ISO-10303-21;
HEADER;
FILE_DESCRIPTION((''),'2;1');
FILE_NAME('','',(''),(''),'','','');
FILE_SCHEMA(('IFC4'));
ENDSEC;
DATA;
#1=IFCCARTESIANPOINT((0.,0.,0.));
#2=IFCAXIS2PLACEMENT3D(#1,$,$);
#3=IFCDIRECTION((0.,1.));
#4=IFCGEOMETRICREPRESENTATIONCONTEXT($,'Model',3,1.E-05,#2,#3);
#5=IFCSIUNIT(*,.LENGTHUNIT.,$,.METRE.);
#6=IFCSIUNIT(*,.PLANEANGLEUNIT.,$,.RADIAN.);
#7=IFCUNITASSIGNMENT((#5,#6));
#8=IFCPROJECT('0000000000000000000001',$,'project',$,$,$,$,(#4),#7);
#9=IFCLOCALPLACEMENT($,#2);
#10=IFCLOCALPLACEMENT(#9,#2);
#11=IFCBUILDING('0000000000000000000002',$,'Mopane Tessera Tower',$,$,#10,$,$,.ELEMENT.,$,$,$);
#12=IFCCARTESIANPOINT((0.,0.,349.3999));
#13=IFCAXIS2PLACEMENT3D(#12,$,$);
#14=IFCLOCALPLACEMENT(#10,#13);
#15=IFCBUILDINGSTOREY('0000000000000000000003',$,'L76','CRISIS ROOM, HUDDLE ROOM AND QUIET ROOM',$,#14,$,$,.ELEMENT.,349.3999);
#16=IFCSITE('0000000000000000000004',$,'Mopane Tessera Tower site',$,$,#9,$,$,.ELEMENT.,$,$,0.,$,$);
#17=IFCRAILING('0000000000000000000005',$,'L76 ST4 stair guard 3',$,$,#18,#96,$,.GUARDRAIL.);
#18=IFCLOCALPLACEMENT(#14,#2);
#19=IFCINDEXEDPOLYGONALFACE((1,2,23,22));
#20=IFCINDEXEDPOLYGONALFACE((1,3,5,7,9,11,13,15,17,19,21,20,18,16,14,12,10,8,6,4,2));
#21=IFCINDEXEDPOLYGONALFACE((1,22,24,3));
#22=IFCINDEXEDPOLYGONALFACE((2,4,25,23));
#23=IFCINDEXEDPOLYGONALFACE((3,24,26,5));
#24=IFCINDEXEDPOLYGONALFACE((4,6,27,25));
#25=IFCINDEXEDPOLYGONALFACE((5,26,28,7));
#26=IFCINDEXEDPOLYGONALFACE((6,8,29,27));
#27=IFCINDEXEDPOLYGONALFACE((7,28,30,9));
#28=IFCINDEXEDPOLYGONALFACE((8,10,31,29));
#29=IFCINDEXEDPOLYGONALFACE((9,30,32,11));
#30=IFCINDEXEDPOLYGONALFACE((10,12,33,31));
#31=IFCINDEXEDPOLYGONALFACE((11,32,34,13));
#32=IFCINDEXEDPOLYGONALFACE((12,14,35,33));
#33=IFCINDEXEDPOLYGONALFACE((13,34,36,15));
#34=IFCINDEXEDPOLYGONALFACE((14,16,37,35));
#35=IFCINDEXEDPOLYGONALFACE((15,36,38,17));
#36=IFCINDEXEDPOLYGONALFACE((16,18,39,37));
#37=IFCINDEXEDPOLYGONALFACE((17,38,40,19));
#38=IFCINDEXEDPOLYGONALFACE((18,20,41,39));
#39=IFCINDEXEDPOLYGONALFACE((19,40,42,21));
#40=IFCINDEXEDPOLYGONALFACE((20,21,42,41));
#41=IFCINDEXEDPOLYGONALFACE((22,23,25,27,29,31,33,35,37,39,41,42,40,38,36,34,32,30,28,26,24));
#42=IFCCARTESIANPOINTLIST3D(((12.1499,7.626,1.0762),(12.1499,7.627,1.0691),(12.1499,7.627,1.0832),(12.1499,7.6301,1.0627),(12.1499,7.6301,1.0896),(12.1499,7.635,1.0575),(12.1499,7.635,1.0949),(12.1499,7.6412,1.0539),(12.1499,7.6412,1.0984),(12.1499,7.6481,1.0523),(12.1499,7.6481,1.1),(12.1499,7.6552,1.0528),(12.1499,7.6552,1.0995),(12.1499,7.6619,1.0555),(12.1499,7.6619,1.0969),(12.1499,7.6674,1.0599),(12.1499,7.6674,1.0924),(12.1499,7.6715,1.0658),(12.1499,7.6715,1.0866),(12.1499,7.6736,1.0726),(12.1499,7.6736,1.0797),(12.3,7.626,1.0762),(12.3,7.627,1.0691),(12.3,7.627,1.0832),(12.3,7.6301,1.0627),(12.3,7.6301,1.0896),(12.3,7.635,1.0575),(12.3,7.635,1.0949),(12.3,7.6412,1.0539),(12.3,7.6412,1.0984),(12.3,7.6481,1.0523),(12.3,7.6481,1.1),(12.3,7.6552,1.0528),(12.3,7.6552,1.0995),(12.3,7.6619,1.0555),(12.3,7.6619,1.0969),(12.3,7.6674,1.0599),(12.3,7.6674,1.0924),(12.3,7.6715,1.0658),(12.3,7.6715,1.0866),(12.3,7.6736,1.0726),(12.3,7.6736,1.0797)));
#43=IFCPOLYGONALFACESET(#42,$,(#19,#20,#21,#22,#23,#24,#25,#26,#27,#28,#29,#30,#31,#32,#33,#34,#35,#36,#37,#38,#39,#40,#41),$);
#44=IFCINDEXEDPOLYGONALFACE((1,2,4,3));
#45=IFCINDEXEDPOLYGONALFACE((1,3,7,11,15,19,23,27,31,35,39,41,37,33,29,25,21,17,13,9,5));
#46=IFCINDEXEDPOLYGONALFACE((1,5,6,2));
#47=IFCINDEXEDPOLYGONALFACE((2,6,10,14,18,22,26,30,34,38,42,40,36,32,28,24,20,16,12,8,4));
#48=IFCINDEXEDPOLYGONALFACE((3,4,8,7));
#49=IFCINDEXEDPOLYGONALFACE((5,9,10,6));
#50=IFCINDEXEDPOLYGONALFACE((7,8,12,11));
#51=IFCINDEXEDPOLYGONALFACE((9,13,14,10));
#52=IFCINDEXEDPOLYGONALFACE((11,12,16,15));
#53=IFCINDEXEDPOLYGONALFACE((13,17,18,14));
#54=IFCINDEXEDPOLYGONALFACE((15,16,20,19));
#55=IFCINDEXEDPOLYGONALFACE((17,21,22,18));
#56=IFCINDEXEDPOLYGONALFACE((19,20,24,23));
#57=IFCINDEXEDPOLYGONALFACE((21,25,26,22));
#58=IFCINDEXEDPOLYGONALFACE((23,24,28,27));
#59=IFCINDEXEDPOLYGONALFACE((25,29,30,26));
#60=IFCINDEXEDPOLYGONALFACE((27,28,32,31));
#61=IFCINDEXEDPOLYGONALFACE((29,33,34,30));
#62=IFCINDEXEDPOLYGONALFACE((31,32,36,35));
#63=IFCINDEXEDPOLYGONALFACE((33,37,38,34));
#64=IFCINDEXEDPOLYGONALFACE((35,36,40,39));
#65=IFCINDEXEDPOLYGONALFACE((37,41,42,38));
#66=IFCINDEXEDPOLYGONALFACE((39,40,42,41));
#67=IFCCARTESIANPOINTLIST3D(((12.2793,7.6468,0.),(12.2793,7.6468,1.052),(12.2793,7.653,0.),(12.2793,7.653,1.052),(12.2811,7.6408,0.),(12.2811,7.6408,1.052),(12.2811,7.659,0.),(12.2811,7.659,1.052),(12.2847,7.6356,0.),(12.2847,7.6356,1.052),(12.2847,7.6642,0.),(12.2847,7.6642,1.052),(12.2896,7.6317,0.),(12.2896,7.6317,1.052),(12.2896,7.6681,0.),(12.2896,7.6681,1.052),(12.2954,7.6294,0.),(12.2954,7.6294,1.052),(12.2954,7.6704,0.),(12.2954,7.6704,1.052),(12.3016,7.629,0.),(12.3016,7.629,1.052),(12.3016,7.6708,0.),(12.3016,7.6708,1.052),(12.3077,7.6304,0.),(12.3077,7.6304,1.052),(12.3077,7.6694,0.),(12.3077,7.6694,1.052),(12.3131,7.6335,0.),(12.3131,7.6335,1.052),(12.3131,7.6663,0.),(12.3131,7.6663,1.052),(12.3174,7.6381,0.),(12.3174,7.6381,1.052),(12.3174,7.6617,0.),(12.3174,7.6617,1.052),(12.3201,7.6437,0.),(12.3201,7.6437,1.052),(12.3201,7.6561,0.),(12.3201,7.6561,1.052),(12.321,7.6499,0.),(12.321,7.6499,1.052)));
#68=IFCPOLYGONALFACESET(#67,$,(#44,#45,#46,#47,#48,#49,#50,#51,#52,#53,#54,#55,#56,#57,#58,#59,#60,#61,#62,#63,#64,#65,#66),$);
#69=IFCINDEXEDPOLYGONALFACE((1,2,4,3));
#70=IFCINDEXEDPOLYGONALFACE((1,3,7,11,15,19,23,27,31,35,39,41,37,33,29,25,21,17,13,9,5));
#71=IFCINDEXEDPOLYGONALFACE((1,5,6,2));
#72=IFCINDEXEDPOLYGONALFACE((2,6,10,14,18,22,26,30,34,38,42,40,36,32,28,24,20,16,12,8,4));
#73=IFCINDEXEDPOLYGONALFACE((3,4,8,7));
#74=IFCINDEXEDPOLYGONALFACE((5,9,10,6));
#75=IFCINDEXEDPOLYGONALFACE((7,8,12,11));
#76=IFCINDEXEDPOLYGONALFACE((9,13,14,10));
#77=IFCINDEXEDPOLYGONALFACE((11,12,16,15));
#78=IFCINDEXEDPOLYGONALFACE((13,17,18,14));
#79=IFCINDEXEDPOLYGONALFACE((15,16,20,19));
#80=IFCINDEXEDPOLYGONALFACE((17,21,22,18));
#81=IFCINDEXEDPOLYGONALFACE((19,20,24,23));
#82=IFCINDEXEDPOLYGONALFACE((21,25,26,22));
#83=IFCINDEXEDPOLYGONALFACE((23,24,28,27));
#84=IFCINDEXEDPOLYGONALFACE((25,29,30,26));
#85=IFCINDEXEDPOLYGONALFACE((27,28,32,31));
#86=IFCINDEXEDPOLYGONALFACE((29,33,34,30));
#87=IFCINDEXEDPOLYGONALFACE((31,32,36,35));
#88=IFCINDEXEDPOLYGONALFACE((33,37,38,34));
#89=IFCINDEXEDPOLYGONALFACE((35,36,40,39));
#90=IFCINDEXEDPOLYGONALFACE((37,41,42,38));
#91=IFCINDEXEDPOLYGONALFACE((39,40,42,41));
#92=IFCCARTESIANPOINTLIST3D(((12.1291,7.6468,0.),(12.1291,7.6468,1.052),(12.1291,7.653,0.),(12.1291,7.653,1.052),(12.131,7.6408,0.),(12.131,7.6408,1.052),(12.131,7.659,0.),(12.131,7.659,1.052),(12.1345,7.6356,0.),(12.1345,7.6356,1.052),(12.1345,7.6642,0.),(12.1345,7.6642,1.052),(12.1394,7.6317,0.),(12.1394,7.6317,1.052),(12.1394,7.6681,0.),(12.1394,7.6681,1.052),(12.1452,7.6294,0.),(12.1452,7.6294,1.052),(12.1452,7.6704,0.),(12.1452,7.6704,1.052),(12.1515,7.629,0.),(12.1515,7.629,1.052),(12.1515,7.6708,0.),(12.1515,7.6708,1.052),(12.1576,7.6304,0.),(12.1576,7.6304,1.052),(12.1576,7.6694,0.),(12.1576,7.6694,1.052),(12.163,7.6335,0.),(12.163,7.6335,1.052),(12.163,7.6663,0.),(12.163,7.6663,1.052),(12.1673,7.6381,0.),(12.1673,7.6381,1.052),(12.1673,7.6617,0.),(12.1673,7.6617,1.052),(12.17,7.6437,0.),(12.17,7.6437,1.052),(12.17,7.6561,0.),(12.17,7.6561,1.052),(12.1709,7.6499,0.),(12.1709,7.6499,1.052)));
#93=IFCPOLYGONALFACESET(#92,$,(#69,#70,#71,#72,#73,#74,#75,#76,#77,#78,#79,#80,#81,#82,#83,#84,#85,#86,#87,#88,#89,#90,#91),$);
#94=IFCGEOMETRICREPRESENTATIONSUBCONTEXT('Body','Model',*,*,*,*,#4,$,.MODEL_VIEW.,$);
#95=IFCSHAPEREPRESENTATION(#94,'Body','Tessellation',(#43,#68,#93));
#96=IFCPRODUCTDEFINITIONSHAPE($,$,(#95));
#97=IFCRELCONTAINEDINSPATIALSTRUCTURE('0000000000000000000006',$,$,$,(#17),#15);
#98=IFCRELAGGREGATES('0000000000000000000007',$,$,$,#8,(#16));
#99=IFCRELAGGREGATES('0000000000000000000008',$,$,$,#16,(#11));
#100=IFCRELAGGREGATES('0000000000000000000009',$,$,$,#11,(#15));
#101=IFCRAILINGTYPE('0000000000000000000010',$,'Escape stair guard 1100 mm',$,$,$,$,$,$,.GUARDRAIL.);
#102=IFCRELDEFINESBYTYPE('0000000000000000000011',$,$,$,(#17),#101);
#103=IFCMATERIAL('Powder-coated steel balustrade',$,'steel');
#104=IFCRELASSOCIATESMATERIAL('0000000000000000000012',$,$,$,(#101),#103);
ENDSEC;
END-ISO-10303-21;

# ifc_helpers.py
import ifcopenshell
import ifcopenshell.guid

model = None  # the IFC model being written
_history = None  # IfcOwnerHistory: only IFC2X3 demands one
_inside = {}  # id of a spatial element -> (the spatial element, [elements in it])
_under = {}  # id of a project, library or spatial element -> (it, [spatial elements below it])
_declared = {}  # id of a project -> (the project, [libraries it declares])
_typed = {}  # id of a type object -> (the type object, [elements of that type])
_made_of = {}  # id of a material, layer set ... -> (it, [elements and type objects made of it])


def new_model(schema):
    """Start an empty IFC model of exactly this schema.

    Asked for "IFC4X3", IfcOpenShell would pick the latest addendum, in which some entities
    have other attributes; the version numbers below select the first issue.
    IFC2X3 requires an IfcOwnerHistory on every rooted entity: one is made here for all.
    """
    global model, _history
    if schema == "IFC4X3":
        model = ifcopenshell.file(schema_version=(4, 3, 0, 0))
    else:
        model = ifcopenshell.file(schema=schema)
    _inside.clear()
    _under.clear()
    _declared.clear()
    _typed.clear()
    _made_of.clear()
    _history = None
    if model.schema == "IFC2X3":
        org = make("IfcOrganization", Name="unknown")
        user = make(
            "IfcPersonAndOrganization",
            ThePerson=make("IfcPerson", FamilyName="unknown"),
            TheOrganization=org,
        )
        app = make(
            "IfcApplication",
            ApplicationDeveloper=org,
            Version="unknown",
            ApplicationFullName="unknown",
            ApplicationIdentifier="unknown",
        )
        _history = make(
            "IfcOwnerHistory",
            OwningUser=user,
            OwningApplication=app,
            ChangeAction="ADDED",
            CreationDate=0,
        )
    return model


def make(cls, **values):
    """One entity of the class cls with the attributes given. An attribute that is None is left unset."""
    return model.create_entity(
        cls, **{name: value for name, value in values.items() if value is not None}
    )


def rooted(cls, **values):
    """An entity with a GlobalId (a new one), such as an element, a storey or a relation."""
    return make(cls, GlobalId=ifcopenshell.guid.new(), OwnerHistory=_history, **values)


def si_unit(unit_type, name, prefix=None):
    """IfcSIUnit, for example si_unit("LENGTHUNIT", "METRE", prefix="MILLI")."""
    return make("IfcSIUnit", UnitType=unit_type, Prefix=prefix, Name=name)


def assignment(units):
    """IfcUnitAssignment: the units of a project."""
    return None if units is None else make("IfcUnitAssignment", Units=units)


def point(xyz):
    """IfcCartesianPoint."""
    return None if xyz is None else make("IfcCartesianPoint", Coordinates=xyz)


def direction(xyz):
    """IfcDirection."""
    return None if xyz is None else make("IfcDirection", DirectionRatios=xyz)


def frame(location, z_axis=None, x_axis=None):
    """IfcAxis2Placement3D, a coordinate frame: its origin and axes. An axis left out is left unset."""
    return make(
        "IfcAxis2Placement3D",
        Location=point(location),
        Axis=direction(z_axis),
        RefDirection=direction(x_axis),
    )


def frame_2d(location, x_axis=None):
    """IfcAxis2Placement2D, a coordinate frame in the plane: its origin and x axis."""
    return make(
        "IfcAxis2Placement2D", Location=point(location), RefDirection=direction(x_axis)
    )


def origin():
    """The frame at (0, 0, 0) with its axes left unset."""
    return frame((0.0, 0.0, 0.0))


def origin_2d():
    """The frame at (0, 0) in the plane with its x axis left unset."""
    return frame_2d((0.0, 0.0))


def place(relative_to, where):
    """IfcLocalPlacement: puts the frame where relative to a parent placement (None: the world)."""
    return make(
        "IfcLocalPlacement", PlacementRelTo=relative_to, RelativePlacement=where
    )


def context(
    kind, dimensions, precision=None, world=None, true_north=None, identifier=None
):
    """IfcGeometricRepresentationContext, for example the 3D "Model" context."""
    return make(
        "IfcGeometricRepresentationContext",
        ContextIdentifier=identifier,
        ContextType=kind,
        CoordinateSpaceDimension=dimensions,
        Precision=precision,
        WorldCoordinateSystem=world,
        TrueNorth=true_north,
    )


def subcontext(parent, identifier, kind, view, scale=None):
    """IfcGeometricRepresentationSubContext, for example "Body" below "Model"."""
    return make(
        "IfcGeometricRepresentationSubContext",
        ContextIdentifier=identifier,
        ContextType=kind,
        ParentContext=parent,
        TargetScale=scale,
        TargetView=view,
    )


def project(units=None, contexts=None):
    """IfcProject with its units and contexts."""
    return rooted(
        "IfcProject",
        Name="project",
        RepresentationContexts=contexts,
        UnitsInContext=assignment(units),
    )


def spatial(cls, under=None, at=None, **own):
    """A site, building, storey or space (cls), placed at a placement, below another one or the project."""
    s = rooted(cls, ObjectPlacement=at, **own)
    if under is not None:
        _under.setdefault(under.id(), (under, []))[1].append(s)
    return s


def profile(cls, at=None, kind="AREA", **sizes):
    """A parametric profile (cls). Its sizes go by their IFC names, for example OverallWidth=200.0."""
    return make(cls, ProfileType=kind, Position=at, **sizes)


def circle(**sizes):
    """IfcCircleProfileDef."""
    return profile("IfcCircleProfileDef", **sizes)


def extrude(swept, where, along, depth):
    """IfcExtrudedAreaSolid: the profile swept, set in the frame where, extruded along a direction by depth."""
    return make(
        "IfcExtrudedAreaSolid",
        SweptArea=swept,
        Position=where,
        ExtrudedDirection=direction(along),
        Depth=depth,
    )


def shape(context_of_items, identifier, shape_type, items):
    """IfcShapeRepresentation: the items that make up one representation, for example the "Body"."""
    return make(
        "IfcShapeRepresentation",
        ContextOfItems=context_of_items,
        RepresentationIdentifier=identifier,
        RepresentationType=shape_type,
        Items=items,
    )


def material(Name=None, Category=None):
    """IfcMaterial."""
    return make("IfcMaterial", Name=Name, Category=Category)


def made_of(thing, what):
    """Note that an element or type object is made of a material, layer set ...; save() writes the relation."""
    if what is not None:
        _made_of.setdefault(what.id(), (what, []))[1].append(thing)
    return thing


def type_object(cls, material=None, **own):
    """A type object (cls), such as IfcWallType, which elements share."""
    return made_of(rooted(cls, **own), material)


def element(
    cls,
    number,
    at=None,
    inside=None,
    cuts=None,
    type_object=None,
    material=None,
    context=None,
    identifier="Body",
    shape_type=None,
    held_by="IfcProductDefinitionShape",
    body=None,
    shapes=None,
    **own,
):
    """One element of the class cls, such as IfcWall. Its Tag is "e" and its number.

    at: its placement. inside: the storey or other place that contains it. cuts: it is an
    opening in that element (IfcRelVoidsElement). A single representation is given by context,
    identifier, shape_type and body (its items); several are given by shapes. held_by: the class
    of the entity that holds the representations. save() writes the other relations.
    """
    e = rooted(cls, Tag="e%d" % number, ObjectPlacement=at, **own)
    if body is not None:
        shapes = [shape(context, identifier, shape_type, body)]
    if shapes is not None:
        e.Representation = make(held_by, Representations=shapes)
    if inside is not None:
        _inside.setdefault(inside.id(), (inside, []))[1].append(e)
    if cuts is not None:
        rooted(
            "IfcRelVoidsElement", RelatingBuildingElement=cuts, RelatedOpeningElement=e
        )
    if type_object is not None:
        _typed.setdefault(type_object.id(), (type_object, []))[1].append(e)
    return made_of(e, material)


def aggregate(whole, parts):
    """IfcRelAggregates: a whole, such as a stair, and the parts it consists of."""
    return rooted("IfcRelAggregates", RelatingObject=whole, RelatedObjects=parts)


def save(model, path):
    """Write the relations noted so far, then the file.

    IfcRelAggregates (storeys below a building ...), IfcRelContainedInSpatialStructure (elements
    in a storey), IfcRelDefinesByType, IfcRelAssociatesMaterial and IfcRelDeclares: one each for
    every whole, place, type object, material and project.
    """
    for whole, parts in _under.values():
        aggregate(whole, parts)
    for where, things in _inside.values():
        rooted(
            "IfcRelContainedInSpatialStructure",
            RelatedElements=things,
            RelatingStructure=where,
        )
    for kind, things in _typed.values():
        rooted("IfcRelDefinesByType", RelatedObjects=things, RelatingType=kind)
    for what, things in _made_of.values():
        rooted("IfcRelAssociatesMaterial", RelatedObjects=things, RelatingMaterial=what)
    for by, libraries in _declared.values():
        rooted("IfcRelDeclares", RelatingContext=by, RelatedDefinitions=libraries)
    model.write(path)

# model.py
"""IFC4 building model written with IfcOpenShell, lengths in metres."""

from ifc_helpers import new_model, si_unit, direction, frame, origin, origin_2d, place, context, subcontext, project, spatial, circle, extrude, material, type_object, element, save


model = new_model("IFC4")

# Units and contexts
model_context = context("Model", 3, precision=1e-05, world=origin(), true_north=direction((0.0, 1.0)))
body_context = subcontext(model_context, "Body", "Model", "MODEL_VIEW")
ifc_project = project(units=[si_unit("LENGTHUNIT", "METRE"), si_unit("PLANEANGLEUNIT", "RADIAN")], contexts=[model_context])

# Site, building, storey
site_placement = place(None, origin())
site = spatial("IfcSite", under=ifc_project, at=site_placement, Name="Mopane Tessera Tower site", CompositionType="ELEMENT", RefElevation=0.0)
building_placement = place(site_placement, origin())
building = spatial("IfcBuilding", under=site, at=building_placement, Name="Mopane Tessera Tower", CompositionType="ELEMENT")
storey_placement = place(building_placement, frame((0.0, 0.0, 349.3999)))
storey = spatial("IfcBuildingStorey", under=building, at=storey_placement, Name="L76", Description="CRISIS ROOM, HUDDLE ROOM AND QUIET ROOM", CompositionType="ELEMENT", Elevation=349.3999)

# Railing
ifc_material_1 = material(Name="Powder-coated steel balustrade", Category="steel")
railing_type_1 = type_object("IfcRailingType", Name="Escape stair guard 1100 mm", PredefinedType="GUARDRAIL", material=ifc_material_1)
railing_1_placement = place(storey_placement, frame((12.3, 7.6499, 0.0)))
element("IfcRailing", 1, at=railing_1_placement, inside=storey, type_object=railing_type_1, Name="L76 ST4 stair guard 3", PredefinedType="GUARDRAIL", context=body_context, shape_type="SweptSolid", body=[
    extrude(circle(Radius=0.0239, at=origin_2d()), frame((0.0, 0.0, 1.0762), z_axis=(-1.0, 0.0, 0.0), x_axis=(0.0, -1.0, 0.0)), (0.0, 0.0, 1.0), 0.1501),
    extrude(circle(Radius=0.021, at=origin_2d()), origin(), (0.0, 0.0, 1.0), 1.052),
    extrude(circle(Radius=0.021, at=origin_2d()), frame((-0.1501, 0.0, 0.0)), (0.0, 0.0, 1.0), 1.052),
])

save(model, "model.ifc")
